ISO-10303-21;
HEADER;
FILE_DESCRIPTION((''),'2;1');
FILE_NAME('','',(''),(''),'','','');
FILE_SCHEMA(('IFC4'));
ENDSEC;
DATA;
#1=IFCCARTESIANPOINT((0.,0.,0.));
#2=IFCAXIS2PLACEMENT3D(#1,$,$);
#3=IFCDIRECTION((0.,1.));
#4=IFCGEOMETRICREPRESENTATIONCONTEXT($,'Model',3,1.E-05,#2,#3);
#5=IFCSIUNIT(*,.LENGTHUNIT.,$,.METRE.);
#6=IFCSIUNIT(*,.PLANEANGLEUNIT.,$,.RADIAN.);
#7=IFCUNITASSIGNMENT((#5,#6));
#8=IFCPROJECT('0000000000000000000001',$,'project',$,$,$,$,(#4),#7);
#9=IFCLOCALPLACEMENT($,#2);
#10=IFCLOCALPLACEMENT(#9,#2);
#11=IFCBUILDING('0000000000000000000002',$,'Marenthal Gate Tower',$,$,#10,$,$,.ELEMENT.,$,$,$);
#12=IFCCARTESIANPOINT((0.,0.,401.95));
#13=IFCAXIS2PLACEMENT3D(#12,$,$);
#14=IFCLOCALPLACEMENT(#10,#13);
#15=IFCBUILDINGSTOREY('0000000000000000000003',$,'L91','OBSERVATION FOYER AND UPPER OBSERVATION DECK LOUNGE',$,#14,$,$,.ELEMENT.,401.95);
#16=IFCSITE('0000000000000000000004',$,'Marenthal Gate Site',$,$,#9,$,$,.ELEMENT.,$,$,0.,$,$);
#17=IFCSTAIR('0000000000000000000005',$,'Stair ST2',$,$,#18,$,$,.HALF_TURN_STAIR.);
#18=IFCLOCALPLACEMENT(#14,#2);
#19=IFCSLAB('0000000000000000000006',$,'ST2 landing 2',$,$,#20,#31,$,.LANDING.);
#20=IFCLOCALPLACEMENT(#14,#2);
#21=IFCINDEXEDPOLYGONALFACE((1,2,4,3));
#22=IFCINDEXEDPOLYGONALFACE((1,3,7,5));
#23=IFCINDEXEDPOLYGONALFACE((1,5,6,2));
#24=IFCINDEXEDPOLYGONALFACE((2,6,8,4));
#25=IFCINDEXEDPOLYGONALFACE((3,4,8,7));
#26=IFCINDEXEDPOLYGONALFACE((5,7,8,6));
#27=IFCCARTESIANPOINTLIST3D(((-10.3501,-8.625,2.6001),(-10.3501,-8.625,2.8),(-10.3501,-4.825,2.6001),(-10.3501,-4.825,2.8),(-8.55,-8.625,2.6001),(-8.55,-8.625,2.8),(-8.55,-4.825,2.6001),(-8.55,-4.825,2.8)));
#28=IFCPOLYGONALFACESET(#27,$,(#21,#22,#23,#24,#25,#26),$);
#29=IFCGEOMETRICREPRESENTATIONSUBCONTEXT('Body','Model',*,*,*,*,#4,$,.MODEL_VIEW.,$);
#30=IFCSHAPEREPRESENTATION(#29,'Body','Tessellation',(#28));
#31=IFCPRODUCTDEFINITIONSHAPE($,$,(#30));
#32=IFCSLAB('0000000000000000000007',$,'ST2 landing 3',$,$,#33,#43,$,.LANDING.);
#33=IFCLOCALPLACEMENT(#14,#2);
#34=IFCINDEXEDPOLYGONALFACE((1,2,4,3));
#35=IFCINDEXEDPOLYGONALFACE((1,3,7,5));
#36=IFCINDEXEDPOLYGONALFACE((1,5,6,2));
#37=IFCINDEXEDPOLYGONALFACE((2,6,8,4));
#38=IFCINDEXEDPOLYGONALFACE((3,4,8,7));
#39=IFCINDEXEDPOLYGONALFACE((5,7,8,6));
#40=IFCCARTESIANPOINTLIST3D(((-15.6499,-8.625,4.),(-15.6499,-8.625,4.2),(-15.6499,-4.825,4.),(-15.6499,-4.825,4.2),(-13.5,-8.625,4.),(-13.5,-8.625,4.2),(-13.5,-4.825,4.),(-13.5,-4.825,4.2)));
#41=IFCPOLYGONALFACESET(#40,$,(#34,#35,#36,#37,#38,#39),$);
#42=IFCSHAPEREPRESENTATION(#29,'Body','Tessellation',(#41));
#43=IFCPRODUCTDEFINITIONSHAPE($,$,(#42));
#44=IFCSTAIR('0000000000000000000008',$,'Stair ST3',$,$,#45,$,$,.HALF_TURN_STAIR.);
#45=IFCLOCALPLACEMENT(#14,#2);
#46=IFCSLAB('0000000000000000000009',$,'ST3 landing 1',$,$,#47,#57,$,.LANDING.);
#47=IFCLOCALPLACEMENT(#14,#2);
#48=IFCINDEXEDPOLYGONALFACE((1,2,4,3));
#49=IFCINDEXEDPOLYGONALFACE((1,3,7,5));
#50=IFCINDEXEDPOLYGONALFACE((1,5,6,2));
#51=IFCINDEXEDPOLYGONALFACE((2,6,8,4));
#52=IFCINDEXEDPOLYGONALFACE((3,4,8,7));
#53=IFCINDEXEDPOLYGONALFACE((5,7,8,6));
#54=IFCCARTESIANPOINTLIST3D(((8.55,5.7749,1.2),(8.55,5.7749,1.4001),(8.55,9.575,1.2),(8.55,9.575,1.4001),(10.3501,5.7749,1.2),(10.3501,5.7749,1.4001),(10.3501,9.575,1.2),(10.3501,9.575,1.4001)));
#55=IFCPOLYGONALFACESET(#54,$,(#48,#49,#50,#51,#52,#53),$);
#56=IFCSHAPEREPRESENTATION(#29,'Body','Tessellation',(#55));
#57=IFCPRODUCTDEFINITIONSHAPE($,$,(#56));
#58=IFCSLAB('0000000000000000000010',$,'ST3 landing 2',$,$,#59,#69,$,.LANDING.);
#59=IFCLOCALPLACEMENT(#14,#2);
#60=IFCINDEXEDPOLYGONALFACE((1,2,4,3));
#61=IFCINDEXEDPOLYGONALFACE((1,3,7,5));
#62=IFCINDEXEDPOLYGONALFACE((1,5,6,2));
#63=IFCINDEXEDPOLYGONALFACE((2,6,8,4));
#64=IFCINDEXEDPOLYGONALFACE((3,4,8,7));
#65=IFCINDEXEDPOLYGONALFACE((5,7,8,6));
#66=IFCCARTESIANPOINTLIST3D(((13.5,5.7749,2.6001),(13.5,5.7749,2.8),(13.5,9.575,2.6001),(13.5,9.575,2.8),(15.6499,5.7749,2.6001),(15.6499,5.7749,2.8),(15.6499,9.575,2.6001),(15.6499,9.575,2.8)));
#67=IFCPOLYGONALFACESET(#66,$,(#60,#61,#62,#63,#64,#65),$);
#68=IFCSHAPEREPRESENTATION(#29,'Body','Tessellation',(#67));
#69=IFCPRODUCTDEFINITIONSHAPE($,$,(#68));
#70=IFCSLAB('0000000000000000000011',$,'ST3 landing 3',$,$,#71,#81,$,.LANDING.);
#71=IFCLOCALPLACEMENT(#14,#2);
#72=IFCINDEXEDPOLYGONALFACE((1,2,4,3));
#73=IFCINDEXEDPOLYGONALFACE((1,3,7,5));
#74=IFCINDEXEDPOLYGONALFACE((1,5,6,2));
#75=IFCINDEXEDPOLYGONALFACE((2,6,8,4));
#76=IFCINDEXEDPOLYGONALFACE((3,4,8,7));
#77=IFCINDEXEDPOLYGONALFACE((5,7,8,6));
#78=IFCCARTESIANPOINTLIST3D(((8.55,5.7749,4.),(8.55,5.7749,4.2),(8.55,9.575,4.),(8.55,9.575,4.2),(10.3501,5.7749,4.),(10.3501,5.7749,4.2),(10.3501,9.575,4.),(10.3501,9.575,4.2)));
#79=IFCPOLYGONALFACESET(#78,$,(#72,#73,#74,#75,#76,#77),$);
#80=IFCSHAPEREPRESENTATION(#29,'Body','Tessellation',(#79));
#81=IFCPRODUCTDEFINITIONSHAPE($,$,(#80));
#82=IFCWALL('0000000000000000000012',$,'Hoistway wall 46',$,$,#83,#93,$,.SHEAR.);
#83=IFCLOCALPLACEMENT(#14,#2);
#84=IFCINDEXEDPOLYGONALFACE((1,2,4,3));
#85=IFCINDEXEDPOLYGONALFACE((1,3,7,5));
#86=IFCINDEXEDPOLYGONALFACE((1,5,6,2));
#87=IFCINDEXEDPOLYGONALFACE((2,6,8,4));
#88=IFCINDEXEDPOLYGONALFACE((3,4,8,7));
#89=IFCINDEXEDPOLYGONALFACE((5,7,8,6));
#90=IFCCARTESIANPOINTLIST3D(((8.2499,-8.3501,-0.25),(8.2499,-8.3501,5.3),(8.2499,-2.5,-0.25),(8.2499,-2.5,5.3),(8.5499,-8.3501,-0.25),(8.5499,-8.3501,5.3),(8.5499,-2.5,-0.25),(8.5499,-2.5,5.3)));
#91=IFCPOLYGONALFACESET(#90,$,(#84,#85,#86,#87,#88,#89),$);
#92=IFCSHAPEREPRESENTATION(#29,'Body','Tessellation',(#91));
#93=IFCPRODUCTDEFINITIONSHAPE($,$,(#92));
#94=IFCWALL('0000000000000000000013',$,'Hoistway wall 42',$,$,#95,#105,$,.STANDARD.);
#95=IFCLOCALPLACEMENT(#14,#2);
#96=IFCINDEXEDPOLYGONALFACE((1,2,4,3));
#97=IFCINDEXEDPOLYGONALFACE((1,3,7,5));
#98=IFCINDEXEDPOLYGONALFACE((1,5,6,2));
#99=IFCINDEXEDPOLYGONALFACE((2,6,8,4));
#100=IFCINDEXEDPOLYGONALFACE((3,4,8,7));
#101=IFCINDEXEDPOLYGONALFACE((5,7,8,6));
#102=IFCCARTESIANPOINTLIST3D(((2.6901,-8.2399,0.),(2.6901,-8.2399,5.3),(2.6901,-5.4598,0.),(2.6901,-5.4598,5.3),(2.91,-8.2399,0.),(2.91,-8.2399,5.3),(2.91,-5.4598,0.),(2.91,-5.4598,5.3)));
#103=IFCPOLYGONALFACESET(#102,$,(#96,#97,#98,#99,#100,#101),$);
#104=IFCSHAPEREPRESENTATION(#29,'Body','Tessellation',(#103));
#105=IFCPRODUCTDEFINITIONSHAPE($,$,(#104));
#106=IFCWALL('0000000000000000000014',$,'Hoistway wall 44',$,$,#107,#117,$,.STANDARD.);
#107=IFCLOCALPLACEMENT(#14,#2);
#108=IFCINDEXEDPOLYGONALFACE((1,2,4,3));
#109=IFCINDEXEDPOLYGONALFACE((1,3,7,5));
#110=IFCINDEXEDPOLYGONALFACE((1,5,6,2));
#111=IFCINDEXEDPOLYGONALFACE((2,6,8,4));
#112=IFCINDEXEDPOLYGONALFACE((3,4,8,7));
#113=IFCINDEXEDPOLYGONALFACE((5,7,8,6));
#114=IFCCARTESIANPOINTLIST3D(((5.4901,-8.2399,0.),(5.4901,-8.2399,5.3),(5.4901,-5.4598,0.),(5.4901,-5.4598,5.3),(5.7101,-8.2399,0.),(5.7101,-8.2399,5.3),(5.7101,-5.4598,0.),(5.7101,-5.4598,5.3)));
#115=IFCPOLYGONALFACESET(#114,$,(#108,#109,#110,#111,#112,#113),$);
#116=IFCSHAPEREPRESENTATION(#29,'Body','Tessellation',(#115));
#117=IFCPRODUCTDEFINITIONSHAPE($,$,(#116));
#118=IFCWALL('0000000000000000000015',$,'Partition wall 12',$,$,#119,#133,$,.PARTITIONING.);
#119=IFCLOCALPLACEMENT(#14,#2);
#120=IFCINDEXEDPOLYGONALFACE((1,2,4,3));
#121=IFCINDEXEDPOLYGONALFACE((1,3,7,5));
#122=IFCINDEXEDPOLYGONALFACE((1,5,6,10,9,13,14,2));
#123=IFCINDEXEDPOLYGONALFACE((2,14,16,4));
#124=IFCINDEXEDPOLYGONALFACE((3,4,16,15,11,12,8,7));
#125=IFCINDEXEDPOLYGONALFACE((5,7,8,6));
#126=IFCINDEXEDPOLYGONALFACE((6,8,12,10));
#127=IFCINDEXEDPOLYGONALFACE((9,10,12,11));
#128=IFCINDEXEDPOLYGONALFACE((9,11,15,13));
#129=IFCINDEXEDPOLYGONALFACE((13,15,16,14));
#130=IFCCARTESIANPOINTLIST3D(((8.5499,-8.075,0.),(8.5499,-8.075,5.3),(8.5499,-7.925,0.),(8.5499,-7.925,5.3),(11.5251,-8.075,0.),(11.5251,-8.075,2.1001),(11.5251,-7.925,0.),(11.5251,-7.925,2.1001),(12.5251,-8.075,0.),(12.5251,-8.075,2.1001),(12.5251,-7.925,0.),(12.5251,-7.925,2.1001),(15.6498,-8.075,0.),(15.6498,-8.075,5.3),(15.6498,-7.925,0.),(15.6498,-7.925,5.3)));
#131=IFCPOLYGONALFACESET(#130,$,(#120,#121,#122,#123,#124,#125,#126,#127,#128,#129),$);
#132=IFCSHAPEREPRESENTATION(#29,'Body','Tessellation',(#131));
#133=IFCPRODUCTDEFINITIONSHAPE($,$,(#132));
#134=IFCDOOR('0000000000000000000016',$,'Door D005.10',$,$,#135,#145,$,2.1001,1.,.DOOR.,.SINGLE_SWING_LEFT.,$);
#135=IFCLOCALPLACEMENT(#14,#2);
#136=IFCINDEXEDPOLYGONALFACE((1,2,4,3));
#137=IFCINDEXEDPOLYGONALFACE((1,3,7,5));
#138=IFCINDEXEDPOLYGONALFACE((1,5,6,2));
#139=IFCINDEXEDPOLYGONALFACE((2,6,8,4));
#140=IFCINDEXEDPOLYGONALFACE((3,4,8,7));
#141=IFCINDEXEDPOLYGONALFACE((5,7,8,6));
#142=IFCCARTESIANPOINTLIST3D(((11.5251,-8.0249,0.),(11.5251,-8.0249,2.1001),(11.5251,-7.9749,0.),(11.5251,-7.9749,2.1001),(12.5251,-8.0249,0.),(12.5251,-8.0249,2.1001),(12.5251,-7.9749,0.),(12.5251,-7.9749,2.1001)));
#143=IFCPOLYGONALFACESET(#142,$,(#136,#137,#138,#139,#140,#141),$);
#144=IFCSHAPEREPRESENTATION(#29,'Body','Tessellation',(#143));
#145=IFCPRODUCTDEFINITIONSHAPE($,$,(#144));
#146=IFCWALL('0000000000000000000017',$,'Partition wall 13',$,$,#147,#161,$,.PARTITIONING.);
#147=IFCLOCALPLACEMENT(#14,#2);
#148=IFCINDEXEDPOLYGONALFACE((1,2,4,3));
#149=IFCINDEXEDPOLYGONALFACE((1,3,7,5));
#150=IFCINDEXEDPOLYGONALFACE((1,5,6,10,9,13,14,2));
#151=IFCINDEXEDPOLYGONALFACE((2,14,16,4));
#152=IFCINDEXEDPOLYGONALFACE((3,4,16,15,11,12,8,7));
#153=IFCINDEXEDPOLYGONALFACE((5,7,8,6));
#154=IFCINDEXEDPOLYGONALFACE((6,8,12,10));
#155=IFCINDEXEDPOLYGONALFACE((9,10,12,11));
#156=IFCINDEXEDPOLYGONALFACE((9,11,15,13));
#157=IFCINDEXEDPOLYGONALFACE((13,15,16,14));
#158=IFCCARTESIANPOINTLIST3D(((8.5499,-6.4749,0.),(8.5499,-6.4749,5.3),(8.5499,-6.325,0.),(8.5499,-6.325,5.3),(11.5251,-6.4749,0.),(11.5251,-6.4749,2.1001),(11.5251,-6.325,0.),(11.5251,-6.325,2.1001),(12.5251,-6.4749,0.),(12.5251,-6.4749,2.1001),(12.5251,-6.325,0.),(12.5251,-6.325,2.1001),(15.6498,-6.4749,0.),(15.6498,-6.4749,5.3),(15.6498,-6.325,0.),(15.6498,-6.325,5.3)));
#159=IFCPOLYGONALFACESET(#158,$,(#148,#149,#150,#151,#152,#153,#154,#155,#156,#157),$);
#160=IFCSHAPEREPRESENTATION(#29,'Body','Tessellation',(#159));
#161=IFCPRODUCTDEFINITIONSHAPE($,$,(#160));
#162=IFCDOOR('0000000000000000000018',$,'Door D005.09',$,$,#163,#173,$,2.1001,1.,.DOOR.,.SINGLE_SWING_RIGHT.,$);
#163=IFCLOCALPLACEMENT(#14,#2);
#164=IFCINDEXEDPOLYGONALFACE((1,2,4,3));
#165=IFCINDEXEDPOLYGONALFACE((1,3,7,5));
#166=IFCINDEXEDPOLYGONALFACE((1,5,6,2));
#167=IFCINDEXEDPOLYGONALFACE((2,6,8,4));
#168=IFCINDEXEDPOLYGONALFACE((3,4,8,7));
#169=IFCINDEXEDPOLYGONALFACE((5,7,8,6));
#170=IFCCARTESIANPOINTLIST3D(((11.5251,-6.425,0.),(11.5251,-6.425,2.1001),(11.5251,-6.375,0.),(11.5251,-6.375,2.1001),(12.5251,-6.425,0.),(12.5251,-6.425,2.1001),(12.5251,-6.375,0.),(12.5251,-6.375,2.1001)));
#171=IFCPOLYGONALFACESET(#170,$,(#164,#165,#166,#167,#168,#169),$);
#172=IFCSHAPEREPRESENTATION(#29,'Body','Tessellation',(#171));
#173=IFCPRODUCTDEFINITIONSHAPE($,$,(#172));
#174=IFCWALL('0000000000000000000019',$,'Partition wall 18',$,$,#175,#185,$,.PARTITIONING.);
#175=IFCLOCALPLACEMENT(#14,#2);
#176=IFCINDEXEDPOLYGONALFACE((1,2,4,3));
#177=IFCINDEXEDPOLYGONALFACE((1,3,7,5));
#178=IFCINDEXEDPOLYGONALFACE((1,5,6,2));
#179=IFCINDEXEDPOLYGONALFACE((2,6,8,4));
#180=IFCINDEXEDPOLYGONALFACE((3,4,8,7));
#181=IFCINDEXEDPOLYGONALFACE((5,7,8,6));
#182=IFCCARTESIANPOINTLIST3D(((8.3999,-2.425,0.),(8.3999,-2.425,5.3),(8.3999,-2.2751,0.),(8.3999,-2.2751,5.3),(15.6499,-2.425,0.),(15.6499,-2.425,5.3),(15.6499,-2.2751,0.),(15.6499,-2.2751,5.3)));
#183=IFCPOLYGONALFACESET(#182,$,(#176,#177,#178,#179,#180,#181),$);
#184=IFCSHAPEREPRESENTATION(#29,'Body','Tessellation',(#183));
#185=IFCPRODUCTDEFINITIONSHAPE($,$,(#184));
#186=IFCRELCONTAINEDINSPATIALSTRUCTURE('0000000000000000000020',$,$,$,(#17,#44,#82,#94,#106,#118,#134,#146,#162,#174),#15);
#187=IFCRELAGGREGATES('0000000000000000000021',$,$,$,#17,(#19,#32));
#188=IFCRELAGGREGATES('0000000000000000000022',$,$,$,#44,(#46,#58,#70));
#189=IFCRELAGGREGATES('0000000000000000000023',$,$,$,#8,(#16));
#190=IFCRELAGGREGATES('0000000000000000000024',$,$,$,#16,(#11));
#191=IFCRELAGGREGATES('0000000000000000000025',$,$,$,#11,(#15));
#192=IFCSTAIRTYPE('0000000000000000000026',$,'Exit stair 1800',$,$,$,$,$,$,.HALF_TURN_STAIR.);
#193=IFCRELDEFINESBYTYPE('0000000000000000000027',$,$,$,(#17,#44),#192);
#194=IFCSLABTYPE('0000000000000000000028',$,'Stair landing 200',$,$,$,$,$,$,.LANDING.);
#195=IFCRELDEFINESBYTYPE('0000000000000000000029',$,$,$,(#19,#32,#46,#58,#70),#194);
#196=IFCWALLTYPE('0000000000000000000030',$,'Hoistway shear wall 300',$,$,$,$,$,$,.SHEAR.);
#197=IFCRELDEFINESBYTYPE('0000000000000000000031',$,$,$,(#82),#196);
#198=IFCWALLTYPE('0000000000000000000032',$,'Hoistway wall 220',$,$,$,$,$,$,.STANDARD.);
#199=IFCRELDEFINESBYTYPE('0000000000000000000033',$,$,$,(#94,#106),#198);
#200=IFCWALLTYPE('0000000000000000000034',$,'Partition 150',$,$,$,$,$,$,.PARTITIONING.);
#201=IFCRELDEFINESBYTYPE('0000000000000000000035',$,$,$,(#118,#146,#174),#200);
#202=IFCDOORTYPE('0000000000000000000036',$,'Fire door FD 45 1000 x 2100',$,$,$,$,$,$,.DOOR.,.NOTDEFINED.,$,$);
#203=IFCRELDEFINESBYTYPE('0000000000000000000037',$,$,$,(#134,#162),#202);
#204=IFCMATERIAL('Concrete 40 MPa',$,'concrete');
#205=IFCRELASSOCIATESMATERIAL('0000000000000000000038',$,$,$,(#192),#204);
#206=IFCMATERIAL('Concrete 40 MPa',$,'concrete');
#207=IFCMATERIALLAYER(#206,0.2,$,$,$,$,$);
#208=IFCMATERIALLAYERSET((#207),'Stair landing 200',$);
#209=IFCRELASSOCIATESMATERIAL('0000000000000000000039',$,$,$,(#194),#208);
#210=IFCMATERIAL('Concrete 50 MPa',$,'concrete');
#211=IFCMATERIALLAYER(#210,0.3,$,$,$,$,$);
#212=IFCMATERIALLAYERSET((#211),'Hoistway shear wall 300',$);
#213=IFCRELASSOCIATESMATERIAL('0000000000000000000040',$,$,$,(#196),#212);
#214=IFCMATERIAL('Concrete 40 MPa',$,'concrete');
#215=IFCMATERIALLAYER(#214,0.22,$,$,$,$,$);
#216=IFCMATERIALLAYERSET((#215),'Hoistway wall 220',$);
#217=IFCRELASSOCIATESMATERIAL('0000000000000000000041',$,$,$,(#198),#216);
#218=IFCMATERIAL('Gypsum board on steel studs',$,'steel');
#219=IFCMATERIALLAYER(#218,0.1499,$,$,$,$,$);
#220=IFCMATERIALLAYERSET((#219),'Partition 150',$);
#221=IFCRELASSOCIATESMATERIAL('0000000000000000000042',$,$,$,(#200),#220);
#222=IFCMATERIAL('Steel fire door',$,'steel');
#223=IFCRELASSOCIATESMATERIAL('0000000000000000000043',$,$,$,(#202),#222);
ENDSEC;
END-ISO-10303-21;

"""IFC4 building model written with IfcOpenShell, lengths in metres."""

from ifc_helpers import new_model, si_unit, direction, frame, frame_2d, origin, place, context, subcontext, project, spatial, polyline, rectangle, outline, extrude, material, layer, layer_set, type_object, element, fill, aggregate, save


model = new_model("IFC4")

# Units and contexts
model_context = context("Model", 3, precision=1e-05, world=origin(), true_north=direction((0.0, 1.0)))
body_context = subcontext(model_context, "Body", "Model", "MODEL_VIEW")
ifc_project = project(units=[si_unit("LENGTHUNIT", "METRE"), si_unit("PLANEANGLEUNIT", "RADIAN")], contexts=[model_context])

# Site, building, storey
site_placement = place(None, origin())
site = spatial("IfcSite", under=ifc_project, at=site_placement, Name="Marenthal Gate Site", CompositionType="ELEMENT", RefElevation=0.0)
building_placement = place(site_placement, origin())
building = spatial("IfcBuilding", under=site, at=building_placement, Name="Marenthal Gate Tower", CompositionType="ELEMENT")
storey_placement = place(building_placement, frame((0.0, 0.0, 401.95)))
storey = spatial("IfcBuildingStorey", under=building, at=storey_placement, Name="L91", Description="OBSERVATION FOYER AND UPPER OBSERVATION DECK LOUNGE", CompositionType="ELEMENT", Elevation=401.95)

# Stairs, slabs
ifc_material_1 = material(Name="Concrete 40 MPa", Category="concrete")
stair_type = type_object("IfcStairType", Name="Exit stair 1800", PredefinedType="HALF_TURN_STAIR", material=ifc_material_1)
ifc_material_2 = material(Name="Concrete 40 MPa", Category="concrete")
ifc_layer_1 = layer(ifc_material_2, 0.2)
ifc_layer_set_1 = layer_set([ifc_layer_1], Name="Stair landing 200")
slab_type_1 = type_object("IfcSlabType", Name="Stair landing 200", PredefinedType="LANDING", material=ifc_layer_set_1)
stair_1_placement = place(storey_placement, origin())
stair_1 = element("IfcStair", 1, at=stair_1_placement, inside=storey, type_object=stair_type, Name="Stair ST2", PredefinedType="HALF_TURN_STAIR")
slab_1_placement = place(storey_placement, frame((0.0, 0.0, 2.6001)))
slab_1 = element("IfcSlab", 2, at=slab_1_placement, type_object=slab_type_1, Name="ST2 landing 2", PredefinedType="LANDING", context=body_context, shape_type="SweptSolid", body=[
    extrude(outline(polyline([(-10.3501, -8.625), (-8.55, -8.625), (-8.55, -4.825), (-10.3501, -4.825), (-10.3501, -8.625)])), origin(), (0.0, 0.0, 1.0), 0.2),
])
slab_2_placement = place(storey_placement, frame((0.0, 0.0, 4.0)))
slab_2 = element("IfcSlab", 3, at=slab_2_placement, type_object=slab_type_1, Name="ST2 landing 3", PredefinedType="LANDING", context=body_context, shape_type="SweptSolid", body=[
    extrude(outline(polyline([(-15.6499, -8.625), (-13.5, -8.625), (-13.5, -4.825), (-15.6499, -4.825), (-15.6499, -8.625)])), origin(), (0.0, 0.0, 1.0), 0.2),
])
aggregate(stair_1, [slab_1, slab_2])
stair_2_placement = place(storey_placement, origin())
stair_2 = element("IfcStair", 4, at=stair_2_placement, inside=storey, type_object=stair_type, Name="Stair ST3", PredefinedType="HALF_TURN_STAIR")
slab_3_placement = place(storey_placement, frame((0.0, 0.0, 1.2)))
slab_3 = element("IfcSlab", 5, at=slab_3_placement, type_object=slab_type_1, Name="ST3 landing 1", PredefinedType="LANDING", context=body_context, shape_type="SweptSolid", body=[
    extrude(outline(polyline([(8.55, 5.7749), (10.3501, 5.7749), (10.3501, 9.575), (8.55, 9.575), (8.55, 5.7749)])), origin(), (0.0, 0.0, 1.0), 0.2002),
])
slab_4_placement = place(storey_placement, frame((0.0, 0.0, 2.6001)))
slab_4 = element("IfcSlab", 6, at=slab_4_placement, type_object=slab_type_1, Name="ST3 landing 2", PredefinedType="LANDING", context=body_context, shape_type="SweptSolid", body=[
    extrude(outline(polyline([(13.5, 5.7749), (15.6499, 5.7749), (15.6499, 9.575), (13.5, 9.575), (13.5, 5.7749)])), origin(), (0.0, 0.0, 1.0), 0.2),
])
slab_5_placement = place(storey_placement, frame((0.0, 0.0, 4.0)))
slab_5 = element("IfcSlab", 7, at=slab_5_placement, type_object=slab_type_1, Name="ST3 landing 3", PredefinedType="LANDING", context=body_context, shape_type="SweptSolid", body=[
    extrude(outline(polyline([(8.55, 5.7749), (10.3501, 5.7749), (10.3501, 9.575), (8.55, 9.575), (8.55, 5.7749)])), origin(), (0.0, 0.0, 1.0), 0.2),
])
aggregate(stair_2, [slab_3, slab_4, slab_5])

# Walls
ifc_material_3 = material(Name="Concrete 50 MPa", Category="concrete")
ifc_layer_2 = layer(ifc_material_3, 0.3)
ifc_layer_set_2 = layer_set([ifc_layer_2], Name="Hoistway shear wall 300")
wall_type_1 = type_object("IfcWallType", Name="Hoistway shear wall 300", PredefinedType="SHEAR", material=ifc_layer_set_2)
wall_1_placement = place(storey_placement, frame((8.3999, -8.3501, -0.25), z_axis=(0.0, 0.0, 1.0), x_axis=(0.0, 1.0, 0.0)))
element("IfcWall", 8, at=wall_1_placement, inside=storey, type_object=wall_type_1, Name="Hoistway wall 46", PredefinedType="SHEAR", context=body_context, shape_type="SweptSolid", body=[
    extrude(rectangle(XDim=5.8501, YDim=0.3, at=frame_2d((2.925, 0.0))), origin(), (0.0, 0.0, 1.0), 5.55),
])
ifc_material_4 = material(Name="Concrete 40 MPa", Category="concrete")
ifc_layer_3 = layer(ifc_material_4, 0.22)
ifc_layer_set_3 = layer_set([ifc_layer_3], Name="Hoistway wall 220")
wall_type_2 = type_object("IfcWallType", Name="Hoistway wall 220", PredefinedType="STANDARD", material=ifc_layer_set_3)
for number, where, z_axis, x_axis, name in (
    (9, (2.8, -8.24, 0.0), (0.0, 0.0, 1.0), (0.0, 1.0, 0.0), "Hoistway wall 42"),
    (10, (5.6001, -8.24, 0.0), (0.0, 0.0, 1.0), (0.0, 1.0, 0.0), "Hoistway wall 44"),
):
    element("IfcWall", number, at=place(storey_placement, frame(where, z_axis=z_axis, x_axis=x_axis)), inside=storey, type_object=wall_type_2, Name=name, PredefinedType="STANDARD", context=body_context, shape_type="SweptSolid", body=[
        extrude(rectangle(XDim=2.78, YDim=0.22, at=frame_2d((1.3901, 0.0))), origin(), (0.0, 0.0, 1.0), 5.3),
    ])

# Walls, openings, doors
ifc_material_5 = material(Name="Gypsum board on steel studs", Category="steel")
ifc_layer_4 = layer(ifc_material_5, 0.1499)
ifc_layer_set_4 = layer_set([ifc_layer_4], Name="Partition 150")
wall_type_3 = type_object("IfcWallType", Name="Partition 150", PredefinedType="PARTITIONING", material=ifc_layer_set_4)
wall_2_placement = place(storey_placement, frame((8.55, -8.0, 0.0), z_axis=(0.0, 0.0, 1.0), x_axis=(1.0, 0.0, 0.0)))
wall_2 = element("IfcWall", 11, at=wall_2_placement, inside=storey, type_object=wall_type_3, Name="Partition wall 12", PredefinedType="PARTITIONING", context=body_context, shape_type="SweptSolid", body=[
    extrude(rectangle(XDim=7.0999, YDim=0.1499, at=frame_2d((3.5498, 0.0))), origin(), (0.0, 0.0, 1.0), 5.3),
])
opening_1_placement = place(wall_2_placement, frame((2.9751, 0.0, 0.0)))
opening_1 = element("IfcOpeningElement", 12, at=opening_1_placement, cuts=wall_2, PredefinedType="OPENING", context=body_context, shape_type="SweptSolid", body=[
    extrude(rectangle(XDim=1.0, YDim=2.1001, at=frame_2d((0.5, 1.05))), frame((0.0, 0.085, 0.0), z_axis=(0.0, -1.0, 0.0), x_axis=(1.0, 0.0, 0.0)), (0.0, 0.0, 1.0), 0.1699),
])
ifc_material_6 = material(Name="Steel fire door", Category="steel")
door_type = type_object("IfcDoorType", Name="Fire door FD 45 1000 x 2100", OperationType="NOTDEFINED", PredefinedType="DOOR", material=ifc_material_6)
door_1_placement = place(opening_1_placement, frame((1.0, 0.0, 0.0), z_axis=(0.0, 0.0, 1.0), x_axis=(-1.0, 0.0, 0.0)))
door_1 = element("IfcDoor", 13, at=door_1_placement, inside=storey, type_object=door_type, Name="Door D005.10", OperationType="SINGLE_SWING_LEFT", OverallHeight=2.1001, OverallWidth=1.0, PredefinedType="DOOR", context=body_context, shape_type="SweptSolid", body=[
    extrude(rectangle(XDim=1.0, YDim=2.1001, at=frame_2d((0.5, 1.05))), frame((0.0, 0.0249, 0.0), z_axis=(0.0, -1.0, 0.0), x_axis=(1.0, 0.0, 0.0)), (0.0, 0.0, 1.0), 0.05),
])
fill(opening_1, door_1)
wall_3_placement = place(storey_placement, frame((8.55, -6.3999, 0.0), z_axis=(0.0, 0.0, 1.0), x_axis=(1.0, 0.0, 0.0)))
wall_3 = element("IfcWall", 14, at=wall_3_placement, inside=storey, type_object=wall_type_3, Name="Partition wall 13", PredefinedType="PARTITIONING", context=body_context, shape_type="SweptSolid", body=[
    extrude(rectangle(XDim=7.0999, YDim=0.1499, at=frame_2d((3.5498, 0.0))), origin(), (0.0, 0.0, 1.0), 5.3),
])
opening_2_placement = place(wall_3_placement, frame((2.9751, 0.0, 0.0)))
opening_2 = element("IfcOpeningElement", 15, at=opening_2_placement, cuts=wall_3, PredefinedType="OPENING", context=body_context, shape_type="SweptSolid", body=[
    extrude(rectangle(XDim=1.0, YDim=2.1001, at=frame_2d((0.5, 1.05))), frame((0.0, 0.085, 0.0), z_axis=(0.0, -1.0, 0.0), x_axis=(1.0, 0.0, 0.0)), (0.0, 0.0, 1.0), 0.1699),
])
door_2_placement = place(opening_2_placement, origin())
door_2 = element("IfcDoor", 16, at=door_2_placement, inside=storey, type_object=door_type, Name="Door D005.09", OperationType="SINGLE_SWING_RIGHT", OverallHeight=2.1001, OverallWidth=1.0, PredefinedType="DOOR", context=body_context, shape_type="SweptSolid", body=[
    extrude(rectangle(XDim=1.0, YDim=2.1001, at=frame_2d((0.5, 1.05))), frame((0.0, 0.0249, 0.0), z_axis=(0.0, -1.0, 0.0), x_axis=(1.0, 0.0, 0.0)), (0.0, 0.0, 1.0), 0.05),
])
fill(opening_2, door_2)

# Wall
wall_4_placement = place(storey_placement, frame((8.3999, -2.3501, 0.0), z_axis=(0.0, 0.0, 1.0), x_axis=(1.0, 0.0, 0.0)))
element("IfcWall", 17, at=wall_4_placement, inside=storey, type_object=wall_type_3, Name="Partition wall 18", PredefinedType="PARTITIONING", context=body_context, shape_type="SweptSolid", body=[
    extrude(rectangle(XDim=7.25, YDim=0.1499, at=frame_2d((3.625, 0.0))), origin(), (0.0, 0.0, 1.0), 5.3),
])

save(model, "model.ifc")
